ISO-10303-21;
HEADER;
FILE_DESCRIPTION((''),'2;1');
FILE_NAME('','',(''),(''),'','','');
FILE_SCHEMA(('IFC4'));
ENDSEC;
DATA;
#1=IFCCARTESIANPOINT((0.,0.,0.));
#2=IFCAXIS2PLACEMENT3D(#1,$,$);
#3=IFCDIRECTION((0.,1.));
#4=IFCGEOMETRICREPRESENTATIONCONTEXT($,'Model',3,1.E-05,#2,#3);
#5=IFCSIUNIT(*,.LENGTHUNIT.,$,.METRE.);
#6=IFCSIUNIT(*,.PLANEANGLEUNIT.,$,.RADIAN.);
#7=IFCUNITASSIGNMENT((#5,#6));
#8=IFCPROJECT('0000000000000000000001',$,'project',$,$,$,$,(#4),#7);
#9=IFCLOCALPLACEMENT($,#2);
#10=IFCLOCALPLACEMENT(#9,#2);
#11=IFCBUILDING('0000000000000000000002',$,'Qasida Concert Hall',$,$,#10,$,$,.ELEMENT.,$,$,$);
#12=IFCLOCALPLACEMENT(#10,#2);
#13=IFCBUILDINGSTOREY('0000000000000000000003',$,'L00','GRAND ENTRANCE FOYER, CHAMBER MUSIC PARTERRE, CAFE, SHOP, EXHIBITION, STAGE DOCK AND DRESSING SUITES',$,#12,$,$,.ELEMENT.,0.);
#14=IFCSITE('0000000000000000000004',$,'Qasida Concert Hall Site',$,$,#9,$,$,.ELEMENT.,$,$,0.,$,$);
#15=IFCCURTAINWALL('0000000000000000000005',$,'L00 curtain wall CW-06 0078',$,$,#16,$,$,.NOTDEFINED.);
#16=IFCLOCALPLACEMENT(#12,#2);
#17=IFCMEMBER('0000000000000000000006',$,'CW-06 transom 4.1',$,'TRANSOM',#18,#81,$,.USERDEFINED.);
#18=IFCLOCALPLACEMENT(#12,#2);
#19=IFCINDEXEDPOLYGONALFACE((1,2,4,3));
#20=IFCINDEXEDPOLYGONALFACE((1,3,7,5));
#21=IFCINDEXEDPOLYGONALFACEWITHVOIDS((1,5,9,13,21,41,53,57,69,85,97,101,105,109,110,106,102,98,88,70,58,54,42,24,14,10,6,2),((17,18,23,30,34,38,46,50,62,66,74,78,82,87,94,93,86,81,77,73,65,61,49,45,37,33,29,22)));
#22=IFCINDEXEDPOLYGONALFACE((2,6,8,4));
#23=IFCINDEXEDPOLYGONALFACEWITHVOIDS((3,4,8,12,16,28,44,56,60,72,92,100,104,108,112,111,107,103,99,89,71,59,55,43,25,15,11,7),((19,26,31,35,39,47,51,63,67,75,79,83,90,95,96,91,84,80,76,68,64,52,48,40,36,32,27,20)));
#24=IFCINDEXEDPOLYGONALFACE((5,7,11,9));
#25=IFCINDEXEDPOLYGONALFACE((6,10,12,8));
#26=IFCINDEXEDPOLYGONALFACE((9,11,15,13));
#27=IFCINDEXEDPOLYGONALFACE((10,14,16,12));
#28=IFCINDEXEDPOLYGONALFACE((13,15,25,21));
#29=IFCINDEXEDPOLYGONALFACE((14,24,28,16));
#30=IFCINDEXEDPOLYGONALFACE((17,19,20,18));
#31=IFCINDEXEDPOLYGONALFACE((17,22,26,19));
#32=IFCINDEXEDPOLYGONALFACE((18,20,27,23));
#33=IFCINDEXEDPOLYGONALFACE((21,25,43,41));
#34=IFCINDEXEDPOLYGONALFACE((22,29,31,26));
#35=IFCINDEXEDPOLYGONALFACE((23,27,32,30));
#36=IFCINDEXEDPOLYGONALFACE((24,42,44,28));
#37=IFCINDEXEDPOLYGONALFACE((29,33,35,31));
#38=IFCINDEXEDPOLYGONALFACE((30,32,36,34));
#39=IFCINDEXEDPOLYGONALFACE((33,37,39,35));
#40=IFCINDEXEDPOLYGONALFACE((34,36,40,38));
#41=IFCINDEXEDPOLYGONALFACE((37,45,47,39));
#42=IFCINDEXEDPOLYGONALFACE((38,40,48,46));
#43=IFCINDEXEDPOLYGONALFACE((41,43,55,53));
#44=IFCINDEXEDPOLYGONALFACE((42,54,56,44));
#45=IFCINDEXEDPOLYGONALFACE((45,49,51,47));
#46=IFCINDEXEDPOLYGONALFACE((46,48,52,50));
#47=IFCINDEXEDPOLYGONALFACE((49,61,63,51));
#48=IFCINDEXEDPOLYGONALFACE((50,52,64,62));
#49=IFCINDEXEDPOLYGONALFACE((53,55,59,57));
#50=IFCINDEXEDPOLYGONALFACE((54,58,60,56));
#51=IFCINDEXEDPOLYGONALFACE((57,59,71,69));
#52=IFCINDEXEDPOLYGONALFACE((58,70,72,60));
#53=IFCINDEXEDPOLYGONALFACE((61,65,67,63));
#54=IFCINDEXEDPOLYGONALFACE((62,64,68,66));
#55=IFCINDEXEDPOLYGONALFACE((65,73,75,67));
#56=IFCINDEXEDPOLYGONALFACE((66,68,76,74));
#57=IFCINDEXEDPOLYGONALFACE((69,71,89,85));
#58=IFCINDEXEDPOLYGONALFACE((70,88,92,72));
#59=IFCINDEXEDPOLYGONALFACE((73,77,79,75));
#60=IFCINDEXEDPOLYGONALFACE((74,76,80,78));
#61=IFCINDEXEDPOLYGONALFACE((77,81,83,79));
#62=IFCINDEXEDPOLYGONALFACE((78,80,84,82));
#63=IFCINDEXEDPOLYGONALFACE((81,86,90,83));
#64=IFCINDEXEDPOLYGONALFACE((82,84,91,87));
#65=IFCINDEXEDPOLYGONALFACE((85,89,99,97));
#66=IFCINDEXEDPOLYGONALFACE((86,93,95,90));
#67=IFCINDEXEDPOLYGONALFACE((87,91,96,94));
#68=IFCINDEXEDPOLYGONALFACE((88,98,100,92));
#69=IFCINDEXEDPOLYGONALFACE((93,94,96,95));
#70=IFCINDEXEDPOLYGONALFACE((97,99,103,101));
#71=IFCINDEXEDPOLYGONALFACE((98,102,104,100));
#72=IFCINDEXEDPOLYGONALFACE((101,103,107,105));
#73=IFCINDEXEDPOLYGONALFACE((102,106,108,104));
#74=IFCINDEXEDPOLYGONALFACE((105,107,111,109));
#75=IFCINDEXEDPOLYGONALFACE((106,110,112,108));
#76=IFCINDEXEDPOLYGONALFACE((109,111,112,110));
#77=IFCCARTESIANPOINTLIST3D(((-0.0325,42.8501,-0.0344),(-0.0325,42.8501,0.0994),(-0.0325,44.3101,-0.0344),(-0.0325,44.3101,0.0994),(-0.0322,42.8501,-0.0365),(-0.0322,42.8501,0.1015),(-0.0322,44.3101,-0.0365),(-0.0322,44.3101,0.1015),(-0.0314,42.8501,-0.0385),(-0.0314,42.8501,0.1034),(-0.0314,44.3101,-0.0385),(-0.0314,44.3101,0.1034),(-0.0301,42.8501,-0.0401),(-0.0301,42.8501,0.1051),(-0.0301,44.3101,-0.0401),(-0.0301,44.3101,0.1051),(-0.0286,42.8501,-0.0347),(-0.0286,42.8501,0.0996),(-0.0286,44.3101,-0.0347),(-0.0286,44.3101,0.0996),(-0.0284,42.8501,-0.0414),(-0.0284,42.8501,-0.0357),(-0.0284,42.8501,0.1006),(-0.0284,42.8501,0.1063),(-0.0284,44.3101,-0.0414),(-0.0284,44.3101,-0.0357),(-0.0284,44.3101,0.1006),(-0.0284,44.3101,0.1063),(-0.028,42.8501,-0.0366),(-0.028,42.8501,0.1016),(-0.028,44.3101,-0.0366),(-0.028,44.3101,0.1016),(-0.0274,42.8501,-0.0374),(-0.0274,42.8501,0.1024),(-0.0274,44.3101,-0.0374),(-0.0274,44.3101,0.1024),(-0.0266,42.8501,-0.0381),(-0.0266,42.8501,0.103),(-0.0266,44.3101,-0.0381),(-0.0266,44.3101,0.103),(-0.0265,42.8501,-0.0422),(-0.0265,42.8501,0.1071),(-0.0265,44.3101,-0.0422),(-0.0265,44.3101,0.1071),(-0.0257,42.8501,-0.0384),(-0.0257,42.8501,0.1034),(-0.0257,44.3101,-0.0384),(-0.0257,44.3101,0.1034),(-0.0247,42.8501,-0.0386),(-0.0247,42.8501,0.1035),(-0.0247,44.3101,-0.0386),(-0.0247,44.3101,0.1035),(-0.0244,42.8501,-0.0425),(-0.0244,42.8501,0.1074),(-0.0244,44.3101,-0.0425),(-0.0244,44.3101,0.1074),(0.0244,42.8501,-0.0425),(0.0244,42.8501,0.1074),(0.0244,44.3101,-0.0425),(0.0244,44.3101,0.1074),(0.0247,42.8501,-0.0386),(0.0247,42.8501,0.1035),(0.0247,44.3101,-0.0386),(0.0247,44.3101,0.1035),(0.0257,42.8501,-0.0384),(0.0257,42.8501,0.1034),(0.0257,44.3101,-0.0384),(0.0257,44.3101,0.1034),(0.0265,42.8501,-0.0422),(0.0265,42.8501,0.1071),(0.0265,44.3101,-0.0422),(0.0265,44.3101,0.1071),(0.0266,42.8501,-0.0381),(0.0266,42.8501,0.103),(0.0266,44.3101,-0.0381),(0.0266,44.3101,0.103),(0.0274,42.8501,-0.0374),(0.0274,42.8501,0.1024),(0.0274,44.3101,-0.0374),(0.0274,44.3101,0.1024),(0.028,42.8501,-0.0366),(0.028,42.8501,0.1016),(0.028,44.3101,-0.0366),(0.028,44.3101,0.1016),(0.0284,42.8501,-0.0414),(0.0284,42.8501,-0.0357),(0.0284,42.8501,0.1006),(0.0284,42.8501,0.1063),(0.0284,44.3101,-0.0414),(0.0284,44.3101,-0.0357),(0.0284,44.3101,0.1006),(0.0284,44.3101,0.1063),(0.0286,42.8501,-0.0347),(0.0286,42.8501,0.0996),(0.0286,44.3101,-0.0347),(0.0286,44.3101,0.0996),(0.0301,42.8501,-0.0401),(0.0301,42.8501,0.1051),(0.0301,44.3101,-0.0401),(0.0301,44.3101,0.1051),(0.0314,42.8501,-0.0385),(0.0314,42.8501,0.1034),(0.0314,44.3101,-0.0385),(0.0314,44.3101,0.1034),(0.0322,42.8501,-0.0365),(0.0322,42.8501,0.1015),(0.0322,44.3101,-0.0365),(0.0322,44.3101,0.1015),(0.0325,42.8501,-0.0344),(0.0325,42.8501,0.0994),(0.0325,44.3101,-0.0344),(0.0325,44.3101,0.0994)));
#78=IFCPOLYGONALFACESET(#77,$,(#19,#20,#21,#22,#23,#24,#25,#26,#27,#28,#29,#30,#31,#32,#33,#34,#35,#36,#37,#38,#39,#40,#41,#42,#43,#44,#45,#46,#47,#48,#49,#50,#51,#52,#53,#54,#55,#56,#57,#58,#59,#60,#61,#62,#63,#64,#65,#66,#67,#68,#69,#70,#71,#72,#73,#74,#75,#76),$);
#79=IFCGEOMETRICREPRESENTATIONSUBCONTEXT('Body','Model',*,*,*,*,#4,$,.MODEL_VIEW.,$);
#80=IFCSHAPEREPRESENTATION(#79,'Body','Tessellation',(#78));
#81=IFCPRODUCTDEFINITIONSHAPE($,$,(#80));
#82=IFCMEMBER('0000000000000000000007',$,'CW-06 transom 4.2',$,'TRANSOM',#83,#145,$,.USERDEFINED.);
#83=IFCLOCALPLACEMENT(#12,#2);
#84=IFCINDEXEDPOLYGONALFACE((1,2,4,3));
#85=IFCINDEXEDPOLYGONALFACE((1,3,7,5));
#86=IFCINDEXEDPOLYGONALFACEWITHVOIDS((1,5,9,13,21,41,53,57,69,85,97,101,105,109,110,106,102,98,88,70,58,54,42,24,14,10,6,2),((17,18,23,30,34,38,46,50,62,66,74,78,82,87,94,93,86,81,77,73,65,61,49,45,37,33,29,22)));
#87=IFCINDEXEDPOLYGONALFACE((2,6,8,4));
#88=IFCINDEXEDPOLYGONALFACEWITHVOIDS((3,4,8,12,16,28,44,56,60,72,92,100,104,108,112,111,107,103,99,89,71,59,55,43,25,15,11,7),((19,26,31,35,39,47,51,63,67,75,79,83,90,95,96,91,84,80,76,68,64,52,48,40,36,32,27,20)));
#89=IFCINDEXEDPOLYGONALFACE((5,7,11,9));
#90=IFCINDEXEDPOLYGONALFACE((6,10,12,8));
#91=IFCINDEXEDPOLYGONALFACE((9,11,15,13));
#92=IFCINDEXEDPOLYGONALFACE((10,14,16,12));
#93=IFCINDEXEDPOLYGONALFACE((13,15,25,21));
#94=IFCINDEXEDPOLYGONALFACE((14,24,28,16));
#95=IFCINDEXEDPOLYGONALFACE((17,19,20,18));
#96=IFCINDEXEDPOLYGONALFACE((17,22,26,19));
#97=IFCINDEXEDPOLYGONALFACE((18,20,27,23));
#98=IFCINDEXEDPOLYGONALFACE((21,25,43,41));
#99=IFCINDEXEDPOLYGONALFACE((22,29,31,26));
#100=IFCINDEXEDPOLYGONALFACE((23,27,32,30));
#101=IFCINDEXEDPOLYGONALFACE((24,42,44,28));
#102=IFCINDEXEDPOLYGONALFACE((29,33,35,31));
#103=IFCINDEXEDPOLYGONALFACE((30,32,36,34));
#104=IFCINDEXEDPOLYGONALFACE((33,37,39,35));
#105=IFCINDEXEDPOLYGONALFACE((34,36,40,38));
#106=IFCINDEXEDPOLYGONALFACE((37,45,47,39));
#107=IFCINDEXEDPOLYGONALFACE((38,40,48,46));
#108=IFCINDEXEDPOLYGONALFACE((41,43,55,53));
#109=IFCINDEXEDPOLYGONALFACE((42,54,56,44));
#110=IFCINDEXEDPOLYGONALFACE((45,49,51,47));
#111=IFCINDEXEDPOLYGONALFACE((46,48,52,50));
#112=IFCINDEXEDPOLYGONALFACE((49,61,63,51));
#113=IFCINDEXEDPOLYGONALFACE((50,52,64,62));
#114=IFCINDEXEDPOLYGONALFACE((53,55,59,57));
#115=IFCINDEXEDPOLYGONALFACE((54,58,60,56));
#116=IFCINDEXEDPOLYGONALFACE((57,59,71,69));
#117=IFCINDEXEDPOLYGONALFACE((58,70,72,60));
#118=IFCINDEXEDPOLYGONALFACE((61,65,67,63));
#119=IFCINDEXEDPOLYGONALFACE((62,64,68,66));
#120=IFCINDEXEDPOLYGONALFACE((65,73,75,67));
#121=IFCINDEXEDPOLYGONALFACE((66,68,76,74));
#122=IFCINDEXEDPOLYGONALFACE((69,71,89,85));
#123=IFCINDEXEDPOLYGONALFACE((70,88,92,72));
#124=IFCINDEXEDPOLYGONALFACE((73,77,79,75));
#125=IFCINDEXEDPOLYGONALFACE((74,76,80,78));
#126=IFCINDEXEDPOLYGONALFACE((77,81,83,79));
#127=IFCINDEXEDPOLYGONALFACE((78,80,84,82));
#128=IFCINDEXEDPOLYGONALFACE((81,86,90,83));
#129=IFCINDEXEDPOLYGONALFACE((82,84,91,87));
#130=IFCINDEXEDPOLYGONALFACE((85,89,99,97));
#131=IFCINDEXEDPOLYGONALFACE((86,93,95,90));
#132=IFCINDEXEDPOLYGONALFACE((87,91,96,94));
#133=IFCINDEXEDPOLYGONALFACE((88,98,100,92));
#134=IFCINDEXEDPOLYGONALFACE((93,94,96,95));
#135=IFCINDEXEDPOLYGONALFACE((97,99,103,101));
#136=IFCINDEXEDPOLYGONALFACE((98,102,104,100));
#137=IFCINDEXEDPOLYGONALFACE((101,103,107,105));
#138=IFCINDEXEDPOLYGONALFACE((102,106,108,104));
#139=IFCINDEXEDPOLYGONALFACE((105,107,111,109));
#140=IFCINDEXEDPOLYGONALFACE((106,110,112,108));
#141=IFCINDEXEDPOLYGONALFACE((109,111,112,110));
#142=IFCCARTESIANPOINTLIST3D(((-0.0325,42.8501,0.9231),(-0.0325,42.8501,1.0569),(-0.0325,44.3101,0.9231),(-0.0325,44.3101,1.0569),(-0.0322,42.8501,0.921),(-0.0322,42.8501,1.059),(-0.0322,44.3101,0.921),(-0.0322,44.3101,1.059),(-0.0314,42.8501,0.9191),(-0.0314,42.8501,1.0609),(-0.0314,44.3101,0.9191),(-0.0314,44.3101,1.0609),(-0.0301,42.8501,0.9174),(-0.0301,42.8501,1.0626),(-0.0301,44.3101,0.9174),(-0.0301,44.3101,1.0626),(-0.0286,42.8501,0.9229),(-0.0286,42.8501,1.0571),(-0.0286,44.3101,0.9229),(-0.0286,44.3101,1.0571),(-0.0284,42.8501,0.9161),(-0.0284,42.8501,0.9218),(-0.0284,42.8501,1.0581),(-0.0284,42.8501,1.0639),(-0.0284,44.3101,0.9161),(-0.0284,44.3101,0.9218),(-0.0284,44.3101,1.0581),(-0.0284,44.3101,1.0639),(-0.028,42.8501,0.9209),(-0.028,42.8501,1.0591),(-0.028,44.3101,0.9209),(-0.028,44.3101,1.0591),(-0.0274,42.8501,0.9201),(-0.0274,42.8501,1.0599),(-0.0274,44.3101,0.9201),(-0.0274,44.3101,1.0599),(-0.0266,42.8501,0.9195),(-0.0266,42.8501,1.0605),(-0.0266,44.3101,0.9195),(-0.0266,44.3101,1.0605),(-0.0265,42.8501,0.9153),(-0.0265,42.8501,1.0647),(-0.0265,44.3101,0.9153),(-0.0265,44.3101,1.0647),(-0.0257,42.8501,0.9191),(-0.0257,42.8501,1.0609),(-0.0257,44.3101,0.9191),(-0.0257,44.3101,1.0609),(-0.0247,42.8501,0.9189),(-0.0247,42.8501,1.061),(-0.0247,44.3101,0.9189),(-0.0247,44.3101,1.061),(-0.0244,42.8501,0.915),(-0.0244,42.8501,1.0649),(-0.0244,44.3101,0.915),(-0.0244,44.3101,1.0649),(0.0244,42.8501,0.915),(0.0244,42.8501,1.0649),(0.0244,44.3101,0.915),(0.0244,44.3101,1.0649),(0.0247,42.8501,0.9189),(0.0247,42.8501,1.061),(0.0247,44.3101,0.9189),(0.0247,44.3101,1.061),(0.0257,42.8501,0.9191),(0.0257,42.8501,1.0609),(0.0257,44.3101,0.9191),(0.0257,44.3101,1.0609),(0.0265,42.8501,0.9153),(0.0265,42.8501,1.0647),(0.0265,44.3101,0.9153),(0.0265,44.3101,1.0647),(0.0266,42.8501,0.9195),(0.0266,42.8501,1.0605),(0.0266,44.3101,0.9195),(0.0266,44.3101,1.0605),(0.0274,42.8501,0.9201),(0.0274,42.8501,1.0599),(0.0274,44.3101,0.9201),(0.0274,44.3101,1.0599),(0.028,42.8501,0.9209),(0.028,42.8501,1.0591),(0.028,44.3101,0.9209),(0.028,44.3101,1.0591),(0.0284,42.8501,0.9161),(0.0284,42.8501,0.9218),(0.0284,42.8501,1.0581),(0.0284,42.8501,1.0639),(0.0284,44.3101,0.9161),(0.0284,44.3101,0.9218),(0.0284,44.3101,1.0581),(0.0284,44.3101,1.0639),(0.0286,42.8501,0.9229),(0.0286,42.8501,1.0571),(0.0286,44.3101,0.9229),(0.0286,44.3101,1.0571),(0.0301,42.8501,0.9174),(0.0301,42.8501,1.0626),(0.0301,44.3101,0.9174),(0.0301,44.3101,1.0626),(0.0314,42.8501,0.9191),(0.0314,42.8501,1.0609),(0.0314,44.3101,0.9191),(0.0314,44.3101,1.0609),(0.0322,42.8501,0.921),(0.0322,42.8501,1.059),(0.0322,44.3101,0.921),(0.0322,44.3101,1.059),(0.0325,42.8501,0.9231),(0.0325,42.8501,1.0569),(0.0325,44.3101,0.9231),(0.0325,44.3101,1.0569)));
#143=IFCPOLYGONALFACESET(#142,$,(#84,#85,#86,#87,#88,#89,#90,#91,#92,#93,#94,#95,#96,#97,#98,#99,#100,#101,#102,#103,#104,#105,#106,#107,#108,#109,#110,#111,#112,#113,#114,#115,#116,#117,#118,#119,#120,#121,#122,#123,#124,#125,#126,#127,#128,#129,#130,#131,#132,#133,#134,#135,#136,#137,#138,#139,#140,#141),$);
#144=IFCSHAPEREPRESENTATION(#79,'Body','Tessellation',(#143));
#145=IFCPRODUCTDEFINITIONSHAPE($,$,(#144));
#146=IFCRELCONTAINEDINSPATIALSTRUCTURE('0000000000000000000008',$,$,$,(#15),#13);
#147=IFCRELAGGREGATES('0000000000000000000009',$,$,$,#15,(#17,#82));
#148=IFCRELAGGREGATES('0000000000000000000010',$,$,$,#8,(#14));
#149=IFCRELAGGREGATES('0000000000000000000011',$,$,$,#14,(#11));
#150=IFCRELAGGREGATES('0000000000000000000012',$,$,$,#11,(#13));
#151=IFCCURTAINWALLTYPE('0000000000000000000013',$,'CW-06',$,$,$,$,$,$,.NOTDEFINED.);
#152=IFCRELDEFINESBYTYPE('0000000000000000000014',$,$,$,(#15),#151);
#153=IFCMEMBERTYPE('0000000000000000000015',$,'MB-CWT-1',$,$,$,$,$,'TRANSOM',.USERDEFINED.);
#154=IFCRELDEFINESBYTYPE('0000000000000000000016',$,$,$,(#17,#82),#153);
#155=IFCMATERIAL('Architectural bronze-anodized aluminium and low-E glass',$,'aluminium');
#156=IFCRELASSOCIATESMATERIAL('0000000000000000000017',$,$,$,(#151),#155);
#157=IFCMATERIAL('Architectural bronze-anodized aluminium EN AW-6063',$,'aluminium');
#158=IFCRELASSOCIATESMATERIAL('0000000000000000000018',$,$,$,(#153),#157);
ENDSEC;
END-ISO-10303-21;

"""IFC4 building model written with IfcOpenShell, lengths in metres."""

from ifc_helpers import new_model, si_unit, direction, frame, origin, origin_2d, place, context, subcontext, project, spatial, hollow_rectangle, extrude, material, material_profile, profile_set, type_object, element, aggregate, save


model = new_model("IFC4")

# Units and contexts
model_context = context("Model", 3, precision=1e-05, world=origin(), true_north=direction((0.0, 1.0)))
body_context = subcontext(model_context, "Body", "Model", "MODEL_VIEW")
ifc_project = project(units=[si_unit("LENGTHUNIT", "METRE"), si_unit("PLANEANGLEUNIT", "RADIAN")], contexts=[model_context])

# Site, building, storey
site_placement = place(None, origin())
site = spatial("IfcSite", under=ifc_project, at=site_placement, Name="Qasida Concert Hall Site", CompositionType="ELEMENT", RefElevation=0.0)
building_placement = place(site_placement, origin())
building = spatial("IfcBuilding", under=site, at=building_placement, Name="Qasida Concert Hall", CompositionType="ELEMENT")
storey_placement = place(building_placement, origin())
storey = spatial("IfcBuildingStorey", under=building, at=storey_placement, Name="L00", Description="GRAND ENTRANCE FOYER, CHAMBER MUSIC PARTERRE, CAFE, SHOP, EXHIBITION, STAGE DOCK AND DRESSING SUITES", CompositionType="ELEMENT", Elevation=0.0)

# Curtain wall, members
ifc_material_1 = material(Name="Architectural bronze-anodized aluminium and low-E glass", Category="aluminium")
curtain_wall_type = type_object("IfcCurtainWallType", Name="CW-06", PredefinedType="NOTDEFINED", material=ifc_material_1)
curtain_wall_placement = place(storey_placement, origin())
curtain_wall = element("IfcCurtainWall", 1, at=curtain_wall_placement, inside=storey, type_object=curtain_wall_type, Name="L00 curtain wall CW-06 0078", PredefinedType="NOTDEFINED")
ifc_material_2 = material(Name="Architectural bronze-anodized aluminium EN AW-6063", Category="aluminium")
ifc_material_profile_1 = material_profile(ifc_material_2, hollow_rectangle(XDim=0.0649, YDim=0.1499, WallThickness=0.0039, InnerFilletRadius=0.0039, OuterFilletRadius=0.0081, at=origin_2d()), Name="CWT 150x65x4")
ifc_profile_set_1 = profile_set([ifc_material_profile_1], Name="Architectural bronze-anodized aluminium EN AW-6063")
member_type_1 = type_object("IfcMemberType", Name="MB-CWT-1", ElementType="TRANSOM", PredefinedType="USERDEFINED", material=ifc_profile_set_1)
member_1_placement = place(storey_placement, frame((0.0, 42.8501, 0.0325), z_axis=(0.0, 1.0, 0.0), x_axis=(-1.0, 0.0, 0.0)))
member_1 = element("IfcMember", 2, at=member_1_placement, type_object=member_type_1, Name="CW-06 transom 4.1", ObjectType="TRANSOM", PredefinedType="USERDEFINED", context=body_context, shape_type="SweptSolid", body=[
    extrude(hollow_rectangle(XDim=0.0649, YDim=0.1499, WallThickness=0.0039, InnerFilletRadius=0.0039, OuterFilletRadius=0.0081, at=origin_2d()), origin(), (0.0, 0.0, 1.0), 1.46),
])
member_2_placement = place(storey_placement, frame((0.0, 42.8501, 0.99), z_axis=(0.0, 1.0, 0.0), x_axis=(-1.0, 0.0, 0.0)))
member_2 = element("IfcMember", 3, at=member_2_placement, type_object=member_type_1, Name="CW-06 transom 4.2", ObjectType="TRANSOM", PredefinedType="USERDEFINED", context=body_context, shape_type="SweptSolid", body=[
    extrude(hollow_rectangle(XDim=0.0649, YDim=0.1499, WallThickness=0.0039, InnerFilletRadius=0.0039, OuterFilletRadius=0.0081, at=origin_2d()), origin(), (0.0, 0.0, 1.0), 1.46),
])
aggregate(curtain_wall, [member_1, member_2])

save(model, "model.ifc")
